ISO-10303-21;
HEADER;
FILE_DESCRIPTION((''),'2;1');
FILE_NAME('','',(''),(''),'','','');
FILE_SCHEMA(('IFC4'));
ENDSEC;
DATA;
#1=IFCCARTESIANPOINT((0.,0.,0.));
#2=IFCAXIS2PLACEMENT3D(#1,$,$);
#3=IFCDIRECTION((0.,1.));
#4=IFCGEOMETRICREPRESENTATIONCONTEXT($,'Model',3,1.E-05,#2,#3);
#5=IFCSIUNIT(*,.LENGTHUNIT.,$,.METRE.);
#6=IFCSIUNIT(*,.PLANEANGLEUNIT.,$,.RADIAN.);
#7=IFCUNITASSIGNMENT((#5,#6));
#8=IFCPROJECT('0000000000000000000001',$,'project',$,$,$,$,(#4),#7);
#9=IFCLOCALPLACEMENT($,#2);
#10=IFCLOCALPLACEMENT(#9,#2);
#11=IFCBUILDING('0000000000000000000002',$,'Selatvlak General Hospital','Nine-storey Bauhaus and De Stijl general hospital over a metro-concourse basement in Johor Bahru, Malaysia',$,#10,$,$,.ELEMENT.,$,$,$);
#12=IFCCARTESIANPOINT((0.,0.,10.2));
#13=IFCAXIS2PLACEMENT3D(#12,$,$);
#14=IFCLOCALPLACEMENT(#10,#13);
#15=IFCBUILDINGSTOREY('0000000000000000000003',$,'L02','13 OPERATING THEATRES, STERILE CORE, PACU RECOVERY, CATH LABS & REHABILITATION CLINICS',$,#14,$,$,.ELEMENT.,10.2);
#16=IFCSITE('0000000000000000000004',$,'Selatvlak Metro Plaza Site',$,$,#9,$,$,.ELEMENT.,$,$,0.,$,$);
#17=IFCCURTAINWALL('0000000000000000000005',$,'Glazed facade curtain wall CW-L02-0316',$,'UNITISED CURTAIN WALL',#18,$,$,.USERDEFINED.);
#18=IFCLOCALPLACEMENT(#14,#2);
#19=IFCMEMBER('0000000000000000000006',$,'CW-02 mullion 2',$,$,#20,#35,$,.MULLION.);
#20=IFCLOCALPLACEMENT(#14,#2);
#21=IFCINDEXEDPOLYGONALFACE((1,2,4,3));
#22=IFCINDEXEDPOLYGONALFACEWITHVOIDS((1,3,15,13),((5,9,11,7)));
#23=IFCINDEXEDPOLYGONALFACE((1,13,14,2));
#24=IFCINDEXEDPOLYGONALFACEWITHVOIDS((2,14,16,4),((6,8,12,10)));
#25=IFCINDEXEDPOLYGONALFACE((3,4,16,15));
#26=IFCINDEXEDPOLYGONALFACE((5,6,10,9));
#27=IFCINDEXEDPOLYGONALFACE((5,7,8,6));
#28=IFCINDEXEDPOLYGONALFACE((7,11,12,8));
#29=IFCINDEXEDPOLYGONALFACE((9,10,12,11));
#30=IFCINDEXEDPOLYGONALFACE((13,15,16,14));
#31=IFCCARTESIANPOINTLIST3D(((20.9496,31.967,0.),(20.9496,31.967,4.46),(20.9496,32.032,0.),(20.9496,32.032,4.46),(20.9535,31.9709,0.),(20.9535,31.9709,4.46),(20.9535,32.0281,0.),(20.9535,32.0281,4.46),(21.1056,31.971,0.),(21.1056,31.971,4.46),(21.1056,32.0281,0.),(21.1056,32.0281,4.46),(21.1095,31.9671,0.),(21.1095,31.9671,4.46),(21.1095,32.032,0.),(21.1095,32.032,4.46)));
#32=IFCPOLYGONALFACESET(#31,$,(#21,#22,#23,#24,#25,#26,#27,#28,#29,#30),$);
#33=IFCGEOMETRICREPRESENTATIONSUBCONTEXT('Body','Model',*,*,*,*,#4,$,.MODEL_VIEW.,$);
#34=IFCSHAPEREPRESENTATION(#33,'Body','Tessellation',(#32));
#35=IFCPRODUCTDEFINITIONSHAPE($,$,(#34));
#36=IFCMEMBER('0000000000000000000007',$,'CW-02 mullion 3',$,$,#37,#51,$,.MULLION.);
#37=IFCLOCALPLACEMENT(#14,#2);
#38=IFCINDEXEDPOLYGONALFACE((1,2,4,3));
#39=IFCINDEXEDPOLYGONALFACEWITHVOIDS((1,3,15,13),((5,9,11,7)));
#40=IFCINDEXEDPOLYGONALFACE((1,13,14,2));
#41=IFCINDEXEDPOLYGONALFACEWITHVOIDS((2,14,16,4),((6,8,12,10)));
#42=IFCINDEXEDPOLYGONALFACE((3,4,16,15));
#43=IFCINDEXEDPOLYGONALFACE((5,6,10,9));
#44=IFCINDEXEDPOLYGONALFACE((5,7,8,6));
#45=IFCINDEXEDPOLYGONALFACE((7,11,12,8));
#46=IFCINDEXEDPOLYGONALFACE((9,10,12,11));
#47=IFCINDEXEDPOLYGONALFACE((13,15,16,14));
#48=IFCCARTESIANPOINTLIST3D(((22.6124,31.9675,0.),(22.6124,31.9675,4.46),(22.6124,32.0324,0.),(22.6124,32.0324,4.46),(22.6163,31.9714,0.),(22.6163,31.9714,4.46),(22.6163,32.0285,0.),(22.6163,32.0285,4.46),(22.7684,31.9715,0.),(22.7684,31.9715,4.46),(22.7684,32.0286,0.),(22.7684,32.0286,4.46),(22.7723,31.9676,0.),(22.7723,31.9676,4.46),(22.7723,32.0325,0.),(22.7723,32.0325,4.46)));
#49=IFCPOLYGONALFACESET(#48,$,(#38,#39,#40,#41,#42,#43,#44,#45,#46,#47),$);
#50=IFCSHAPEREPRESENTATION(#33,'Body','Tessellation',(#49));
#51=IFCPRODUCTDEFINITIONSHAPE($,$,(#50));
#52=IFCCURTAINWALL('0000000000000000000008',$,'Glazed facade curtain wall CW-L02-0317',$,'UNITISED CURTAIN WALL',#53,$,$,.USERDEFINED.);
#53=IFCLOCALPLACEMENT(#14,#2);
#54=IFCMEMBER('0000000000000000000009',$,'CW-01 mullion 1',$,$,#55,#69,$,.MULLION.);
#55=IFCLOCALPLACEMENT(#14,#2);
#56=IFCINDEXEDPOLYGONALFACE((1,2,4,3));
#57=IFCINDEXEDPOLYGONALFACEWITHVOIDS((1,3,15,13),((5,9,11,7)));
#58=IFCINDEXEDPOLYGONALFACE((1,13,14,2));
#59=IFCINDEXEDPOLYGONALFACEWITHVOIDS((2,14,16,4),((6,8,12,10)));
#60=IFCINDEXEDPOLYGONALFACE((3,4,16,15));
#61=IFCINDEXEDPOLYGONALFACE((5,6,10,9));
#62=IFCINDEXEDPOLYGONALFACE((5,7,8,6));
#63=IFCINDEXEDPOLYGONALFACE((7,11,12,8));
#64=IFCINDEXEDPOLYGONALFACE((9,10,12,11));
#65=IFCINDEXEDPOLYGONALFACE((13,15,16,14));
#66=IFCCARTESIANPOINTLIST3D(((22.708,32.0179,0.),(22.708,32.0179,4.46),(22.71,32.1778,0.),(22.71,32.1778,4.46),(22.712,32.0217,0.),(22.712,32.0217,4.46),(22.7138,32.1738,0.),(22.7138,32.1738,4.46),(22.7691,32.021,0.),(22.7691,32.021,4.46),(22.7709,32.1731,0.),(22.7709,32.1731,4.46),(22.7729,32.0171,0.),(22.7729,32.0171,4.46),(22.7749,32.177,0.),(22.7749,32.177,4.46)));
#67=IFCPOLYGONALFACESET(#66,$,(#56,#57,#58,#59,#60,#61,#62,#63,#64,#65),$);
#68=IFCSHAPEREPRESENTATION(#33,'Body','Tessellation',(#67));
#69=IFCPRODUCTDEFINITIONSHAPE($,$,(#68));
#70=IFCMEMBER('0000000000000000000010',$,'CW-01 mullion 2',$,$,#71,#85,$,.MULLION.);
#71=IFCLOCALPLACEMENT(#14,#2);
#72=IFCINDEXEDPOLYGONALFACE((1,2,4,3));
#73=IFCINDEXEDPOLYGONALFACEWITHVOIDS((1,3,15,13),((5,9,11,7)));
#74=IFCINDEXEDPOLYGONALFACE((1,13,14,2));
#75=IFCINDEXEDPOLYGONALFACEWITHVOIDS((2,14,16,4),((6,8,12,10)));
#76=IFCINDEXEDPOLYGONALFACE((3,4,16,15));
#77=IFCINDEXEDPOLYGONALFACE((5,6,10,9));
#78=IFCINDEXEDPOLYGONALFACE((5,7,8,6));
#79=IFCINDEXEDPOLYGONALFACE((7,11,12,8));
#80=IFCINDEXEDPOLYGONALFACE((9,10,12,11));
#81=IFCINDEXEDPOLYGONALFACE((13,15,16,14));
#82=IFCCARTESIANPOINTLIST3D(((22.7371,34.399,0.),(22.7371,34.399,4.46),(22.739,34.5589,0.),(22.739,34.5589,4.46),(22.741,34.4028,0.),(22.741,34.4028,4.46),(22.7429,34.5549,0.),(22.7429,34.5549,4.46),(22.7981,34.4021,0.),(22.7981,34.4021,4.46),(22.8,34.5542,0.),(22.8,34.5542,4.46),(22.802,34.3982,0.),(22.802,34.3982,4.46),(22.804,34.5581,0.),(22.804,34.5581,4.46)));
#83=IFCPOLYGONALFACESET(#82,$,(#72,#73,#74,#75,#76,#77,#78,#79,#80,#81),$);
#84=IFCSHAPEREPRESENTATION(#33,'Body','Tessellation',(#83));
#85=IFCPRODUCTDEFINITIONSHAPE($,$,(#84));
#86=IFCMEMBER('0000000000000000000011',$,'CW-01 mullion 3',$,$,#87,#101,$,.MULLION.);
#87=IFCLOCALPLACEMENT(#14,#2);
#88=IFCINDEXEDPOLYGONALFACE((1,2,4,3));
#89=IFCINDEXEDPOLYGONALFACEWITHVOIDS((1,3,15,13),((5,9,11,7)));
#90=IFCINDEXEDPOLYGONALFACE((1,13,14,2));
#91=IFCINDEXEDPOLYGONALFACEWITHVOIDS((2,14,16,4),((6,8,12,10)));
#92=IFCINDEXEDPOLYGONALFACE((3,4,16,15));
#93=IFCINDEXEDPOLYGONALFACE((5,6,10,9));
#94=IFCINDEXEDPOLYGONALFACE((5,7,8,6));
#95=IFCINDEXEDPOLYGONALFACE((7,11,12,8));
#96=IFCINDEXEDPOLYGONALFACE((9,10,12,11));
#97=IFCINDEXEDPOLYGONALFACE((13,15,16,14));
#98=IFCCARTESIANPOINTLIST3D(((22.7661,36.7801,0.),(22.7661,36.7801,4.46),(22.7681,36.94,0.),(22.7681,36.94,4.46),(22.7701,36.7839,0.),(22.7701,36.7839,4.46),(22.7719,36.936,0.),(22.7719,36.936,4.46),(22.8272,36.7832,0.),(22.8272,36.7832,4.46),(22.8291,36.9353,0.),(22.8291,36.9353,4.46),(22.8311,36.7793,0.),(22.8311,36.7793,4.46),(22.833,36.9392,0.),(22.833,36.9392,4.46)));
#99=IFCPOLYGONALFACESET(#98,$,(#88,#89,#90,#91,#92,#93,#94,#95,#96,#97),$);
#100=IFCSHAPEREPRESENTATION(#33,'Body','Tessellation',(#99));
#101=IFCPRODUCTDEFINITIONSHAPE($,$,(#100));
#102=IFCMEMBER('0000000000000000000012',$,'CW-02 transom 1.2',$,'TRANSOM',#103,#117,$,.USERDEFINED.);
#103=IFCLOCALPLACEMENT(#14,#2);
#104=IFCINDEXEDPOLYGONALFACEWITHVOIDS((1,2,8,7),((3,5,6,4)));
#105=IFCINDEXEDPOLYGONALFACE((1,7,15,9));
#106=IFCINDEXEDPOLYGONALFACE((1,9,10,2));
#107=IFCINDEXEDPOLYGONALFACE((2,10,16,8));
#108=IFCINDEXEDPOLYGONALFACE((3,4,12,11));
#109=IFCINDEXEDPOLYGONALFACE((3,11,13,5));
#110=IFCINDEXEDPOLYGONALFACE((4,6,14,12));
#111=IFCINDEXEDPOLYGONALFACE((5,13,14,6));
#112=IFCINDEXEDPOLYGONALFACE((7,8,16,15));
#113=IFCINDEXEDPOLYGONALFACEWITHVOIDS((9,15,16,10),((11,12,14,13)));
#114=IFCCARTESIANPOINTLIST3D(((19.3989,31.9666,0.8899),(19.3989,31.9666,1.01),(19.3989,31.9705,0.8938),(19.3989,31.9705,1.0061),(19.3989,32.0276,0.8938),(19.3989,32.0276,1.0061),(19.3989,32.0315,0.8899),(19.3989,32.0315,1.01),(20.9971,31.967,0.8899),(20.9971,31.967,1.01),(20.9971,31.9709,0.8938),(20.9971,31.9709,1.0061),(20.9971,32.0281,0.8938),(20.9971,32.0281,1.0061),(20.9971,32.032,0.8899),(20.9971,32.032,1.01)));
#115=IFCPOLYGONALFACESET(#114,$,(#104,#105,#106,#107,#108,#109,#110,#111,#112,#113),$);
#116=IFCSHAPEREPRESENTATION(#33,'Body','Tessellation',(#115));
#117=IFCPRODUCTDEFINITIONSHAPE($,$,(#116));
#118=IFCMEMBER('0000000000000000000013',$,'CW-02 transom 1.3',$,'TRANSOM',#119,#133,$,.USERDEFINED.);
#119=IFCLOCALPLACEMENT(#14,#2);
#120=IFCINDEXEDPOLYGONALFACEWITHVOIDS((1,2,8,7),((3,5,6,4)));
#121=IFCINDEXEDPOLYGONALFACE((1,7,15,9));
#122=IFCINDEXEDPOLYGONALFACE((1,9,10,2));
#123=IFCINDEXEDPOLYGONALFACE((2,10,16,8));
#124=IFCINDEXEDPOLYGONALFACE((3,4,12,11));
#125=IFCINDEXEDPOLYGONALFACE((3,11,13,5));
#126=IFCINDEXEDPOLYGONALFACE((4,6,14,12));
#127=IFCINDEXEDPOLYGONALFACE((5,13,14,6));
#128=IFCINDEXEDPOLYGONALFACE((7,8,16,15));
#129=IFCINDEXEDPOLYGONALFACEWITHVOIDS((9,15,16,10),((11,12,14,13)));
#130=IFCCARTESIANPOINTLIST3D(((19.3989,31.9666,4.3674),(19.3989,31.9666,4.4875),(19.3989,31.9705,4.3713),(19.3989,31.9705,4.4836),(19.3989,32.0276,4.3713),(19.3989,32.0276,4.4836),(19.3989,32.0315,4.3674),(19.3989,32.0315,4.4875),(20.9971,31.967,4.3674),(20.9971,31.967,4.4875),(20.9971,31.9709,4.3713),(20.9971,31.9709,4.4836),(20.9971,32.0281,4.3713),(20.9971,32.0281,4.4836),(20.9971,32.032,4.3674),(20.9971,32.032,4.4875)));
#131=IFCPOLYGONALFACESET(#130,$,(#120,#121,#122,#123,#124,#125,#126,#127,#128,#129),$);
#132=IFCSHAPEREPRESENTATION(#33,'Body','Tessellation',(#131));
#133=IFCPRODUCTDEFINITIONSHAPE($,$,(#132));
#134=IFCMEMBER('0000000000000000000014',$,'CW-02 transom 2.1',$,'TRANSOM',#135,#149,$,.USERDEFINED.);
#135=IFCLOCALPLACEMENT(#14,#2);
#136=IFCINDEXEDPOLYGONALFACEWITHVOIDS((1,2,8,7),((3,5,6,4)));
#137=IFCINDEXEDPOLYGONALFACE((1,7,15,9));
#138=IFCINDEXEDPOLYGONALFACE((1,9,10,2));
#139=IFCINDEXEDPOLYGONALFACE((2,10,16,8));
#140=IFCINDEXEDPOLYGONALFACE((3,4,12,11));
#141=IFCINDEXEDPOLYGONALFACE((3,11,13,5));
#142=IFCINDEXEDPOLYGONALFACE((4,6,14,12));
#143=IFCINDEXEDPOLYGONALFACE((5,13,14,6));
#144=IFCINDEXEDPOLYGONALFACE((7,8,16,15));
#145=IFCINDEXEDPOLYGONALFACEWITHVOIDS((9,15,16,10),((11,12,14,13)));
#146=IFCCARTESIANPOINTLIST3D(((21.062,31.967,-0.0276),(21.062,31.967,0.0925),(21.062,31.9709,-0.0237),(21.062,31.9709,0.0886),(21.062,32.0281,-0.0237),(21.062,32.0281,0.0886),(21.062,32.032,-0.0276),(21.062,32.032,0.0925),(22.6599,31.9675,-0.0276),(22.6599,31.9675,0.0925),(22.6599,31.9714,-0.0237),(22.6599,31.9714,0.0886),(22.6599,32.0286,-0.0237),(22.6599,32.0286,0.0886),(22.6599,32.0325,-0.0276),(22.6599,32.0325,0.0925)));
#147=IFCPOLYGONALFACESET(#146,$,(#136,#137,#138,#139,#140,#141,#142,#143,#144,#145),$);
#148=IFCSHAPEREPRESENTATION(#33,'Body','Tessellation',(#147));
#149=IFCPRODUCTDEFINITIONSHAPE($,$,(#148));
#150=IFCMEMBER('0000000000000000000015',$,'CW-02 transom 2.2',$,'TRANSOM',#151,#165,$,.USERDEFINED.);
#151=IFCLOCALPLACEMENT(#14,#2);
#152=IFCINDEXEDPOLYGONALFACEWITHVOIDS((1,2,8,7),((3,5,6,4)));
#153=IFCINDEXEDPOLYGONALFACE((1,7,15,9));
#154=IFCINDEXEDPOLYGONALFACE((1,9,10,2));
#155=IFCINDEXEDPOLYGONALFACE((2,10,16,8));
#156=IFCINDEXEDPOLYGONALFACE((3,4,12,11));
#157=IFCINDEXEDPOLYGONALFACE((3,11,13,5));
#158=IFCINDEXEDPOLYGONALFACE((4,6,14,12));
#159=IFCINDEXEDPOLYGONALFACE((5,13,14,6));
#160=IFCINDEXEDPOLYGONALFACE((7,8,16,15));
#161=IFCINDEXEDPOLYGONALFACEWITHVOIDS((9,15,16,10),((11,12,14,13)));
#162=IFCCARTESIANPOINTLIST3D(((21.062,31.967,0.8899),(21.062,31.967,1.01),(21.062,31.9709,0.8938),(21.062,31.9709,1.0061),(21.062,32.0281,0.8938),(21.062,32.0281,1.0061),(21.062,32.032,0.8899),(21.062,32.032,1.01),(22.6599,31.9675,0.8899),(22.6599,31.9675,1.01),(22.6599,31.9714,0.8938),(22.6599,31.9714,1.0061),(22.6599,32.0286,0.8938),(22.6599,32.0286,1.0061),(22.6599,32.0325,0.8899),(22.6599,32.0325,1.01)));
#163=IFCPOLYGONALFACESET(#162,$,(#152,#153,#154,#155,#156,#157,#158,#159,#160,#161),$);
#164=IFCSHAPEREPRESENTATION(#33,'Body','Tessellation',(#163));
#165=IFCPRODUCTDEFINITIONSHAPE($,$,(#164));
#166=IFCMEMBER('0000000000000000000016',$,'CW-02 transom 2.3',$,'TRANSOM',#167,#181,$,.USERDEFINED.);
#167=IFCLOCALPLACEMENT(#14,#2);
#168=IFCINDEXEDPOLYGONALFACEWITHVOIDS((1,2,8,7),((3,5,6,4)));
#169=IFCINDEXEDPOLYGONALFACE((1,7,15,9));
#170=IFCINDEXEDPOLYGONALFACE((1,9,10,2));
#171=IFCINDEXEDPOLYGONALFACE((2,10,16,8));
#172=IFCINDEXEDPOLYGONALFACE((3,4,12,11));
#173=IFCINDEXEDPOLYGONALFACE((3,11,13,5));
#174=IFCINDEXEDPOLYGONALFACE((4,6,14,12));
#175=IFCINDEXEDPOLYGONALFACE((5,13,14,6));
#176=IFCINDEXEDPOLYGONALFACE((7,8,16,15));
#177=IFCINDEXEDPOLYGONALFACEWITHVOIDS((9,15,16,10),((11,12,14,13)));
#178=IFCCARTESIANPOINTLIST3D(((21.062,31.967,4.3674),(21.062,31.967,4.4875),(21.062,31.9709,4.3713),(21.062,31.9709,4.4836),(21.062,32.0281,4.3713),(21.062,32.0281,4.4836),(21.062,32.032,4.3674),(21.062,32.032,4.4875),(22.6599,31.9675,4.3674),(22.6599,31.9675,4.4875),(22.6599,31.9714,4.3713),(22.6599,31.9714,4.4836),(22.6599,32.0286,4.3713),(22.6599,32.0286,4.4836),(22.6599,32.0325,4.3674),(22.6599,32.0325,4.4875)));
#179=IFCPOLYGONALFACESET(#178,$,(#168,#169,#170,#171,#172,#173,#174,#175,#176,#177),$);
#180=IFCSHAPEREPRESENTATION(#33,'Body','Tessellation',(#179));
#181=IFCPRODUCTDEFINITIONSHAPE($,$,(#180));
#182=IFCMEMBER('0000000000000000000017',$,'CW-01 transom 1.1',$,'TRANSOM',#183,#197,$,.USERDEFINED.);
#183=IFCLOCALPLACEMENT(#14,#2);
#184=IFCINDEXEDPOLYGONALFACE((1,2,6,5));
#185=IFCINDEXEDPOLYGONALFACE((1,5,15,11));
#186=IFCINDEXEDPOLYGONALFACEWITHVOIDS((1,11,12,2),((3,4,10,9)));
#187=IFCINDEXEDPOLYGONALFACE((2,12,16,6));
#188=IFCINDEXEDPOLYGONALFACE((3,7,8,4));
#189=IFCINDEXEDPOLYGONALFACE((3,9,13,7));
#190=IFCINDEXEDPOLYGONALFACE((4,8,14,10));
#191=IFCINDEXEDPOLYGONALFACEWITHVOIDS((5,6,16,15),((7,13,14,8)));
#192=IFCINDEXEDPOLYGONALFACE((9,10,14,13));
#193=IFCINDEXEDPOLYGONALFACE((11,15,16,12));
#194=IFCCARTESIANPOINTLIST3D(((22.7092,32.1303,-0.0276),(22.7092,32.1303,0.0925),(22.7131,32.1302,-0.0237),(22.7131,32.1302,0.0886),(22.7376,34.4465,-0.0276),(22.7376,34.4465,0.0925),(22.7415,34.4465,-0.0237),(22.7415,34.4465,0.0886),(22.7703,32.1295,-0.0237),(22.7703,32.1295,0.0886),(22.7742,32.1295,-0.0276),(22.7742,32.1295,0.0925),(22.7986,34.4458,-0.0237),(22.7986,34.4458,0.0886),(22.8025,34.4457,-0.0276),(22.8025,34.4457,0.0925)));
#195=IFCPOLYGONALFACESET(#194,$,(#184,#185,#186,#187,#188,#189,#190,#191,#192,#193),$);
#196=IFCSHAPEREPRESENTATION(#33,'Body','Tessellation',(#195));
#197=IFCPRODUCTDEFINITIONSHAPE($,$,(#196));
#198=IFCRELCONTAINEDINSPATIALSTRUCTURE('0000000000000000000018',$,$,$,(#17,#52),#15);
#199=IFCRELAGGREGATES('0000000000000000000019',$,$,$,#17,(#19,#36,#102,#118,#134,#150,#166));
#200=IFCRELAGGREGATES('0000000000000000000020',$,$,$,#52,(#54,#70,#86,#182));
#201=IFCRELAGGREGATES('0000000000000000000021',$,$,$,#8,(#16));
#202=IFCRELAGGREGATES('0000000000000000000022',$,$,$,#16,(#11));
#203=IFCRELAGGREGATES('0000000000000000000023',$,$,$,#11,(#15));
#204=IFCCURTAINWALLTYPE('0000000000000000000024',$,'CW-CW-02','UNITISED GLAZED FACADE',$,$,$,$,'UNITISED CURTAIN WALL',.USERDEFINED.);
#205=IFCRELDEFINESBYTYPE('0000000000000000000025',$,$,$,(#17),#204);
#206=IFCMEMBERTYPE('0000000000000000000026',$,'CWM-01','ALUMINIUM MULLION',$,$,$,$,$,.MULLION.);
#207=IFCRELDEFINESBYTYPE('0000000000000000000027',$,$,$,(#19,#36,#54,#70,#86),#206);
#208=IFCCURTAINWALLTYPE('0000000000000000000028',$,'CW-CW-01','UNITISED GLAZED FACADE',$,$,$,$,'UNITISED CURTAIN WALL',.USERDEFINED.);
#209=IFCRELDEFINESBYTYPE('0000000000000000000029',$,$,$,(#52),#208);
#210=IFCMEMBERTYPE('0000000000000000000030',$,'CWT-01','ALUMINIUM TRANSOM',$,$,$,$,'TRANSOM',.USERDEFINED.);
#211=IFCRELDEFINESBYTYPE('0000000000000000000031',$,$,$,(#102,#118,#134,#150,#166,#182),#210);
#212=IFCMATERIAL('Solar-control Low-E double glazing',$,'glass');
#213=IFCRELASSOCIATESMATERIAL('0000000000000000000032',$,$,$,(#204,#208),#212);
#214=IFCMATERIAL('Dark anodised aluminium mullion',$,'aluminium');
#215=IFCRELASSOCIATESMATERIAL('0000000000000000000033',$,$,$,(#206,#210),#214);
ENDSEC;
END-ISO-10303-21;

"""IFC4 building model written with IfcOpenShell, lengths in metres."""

from ifc_helpers import new_model, si_unit, direction, frame, origin, origin_2d, place, context, subcontext, project, spatial, hollow_rectangle, extrude, material, material_profile, profile_set, type_object, element, aggregate, save


model = new_model("IFC4")

# Units and contexts
model_context = context("Model", 3, precision=1e-05, world=origin(), true_north=direction((0.0, 1.0)))
body_context = subcontext(model_context, "Body", "Model", "MODEL_VIEW")
ifc_project = project(units=[si_unit("LENGTHUNIT", "METRE"), si_unit("PLANEANGLEUNIT", "RADIAN")], contexts=[model_context])

# Site, building, storey
site_placement = place(None, origin())
site = spatial("IfcSite", under=ifc_project, at=site_placement, Name="Selatvlak Metro Plaza Site", CompositionType="ELEMENT", RefElevation=0.0)
building_placement = place(site_placement, origin())
building = spatial("IfcBuilding", under=site, at=building_placement, Name="Selatvlak General Hospital", Description="Nine-storey Bauhaus and De Stijl general hospital over a metro-concourse basement in Johor Bahru, Malaysia", CompositionType="ELEMENT")
storey_placement = place(building_placement, frame((0.0, 0.0, 10.2)))
storey = spatial("IfcBuildingStorey", under=building, at=storey_placement, Name="L02", Description="13 OPERATING THEATRES, STERILE CORE, PACU RECOVERY, CATH LABS & REHABILITATION CLINICS", CompositionType="ELEMENT", Elevation=10.2)

# Curtain walls, members
ifc_material_1 = material(Name="Solar-control Low-E double glazing", Category="glass")
curtain_wall_type_1 = type_object("IfcCurtainWallType", Name="CW-CW-02", Description="UNITISED GLAZED FACADE", ElementType="UNITISED CURTAIN WALL", PredefinedType="USERDEFINED", material=ifc_material_1)
curtain_wall_1_placement = place(storey_placement, origin())
curtain_wall_1 = element("IfcCurtainWall", 1, at=curtain_wall_1_placement, inside=storey, type_object=curtain_wall_type_1, Name="Glazed facade curtain wall CW-L02-0316", ObjectType="UNITISED CURTAIN WALL", PredefinedType="USERDEFINED")
ifc_material_2 = material(Name="Dark anodised aluminium mullion", Category="aluminium")
ifc_material_profile_1 = material_profile(ifc_material_2, hollow_rectangle(XDim=0.0649, YDim=0.1599, WallThickness=0.0039, at=origin_2d()), Name="AL-MUL 65x160x4")
ifc_profile_set_1 = profile_set([ifc_material_profile_1], Name="Dark anodised aluminium mullion")
member_type_1 = type_object("IfcMemberType", Name="CWM-01", Description="ALUMINIUM MULLION", PredefinedType="MULLION", material=ifc_profile_set_1)
member_1_placement = place(storey_placement, frame((21.0295, 31.9995, 0.0), z_axis=(0.0, 0.0, 1.0), x_axis=(-0.000295, 1.0, 0.0)))
member_1 = element("IfcMember", 2, at=member_1_placement, type_object=member_type_1, Name="CW-02 mullion 2", PredefinedType="MULLION", context=body_context, shape_type="SweptSolid", body=[
    extrude(hollow_rectangle(XDim=0.0649, YDim=0.1599, WallThickness=0.0039, at=origin_2d()), origin(), (0.0, 0.0, 1.0), 4.46),
])
member_2_placement = place(storey_placement, frame((22.6924, 32.0, 0.0), z_axis=(0.0, 0.0, 1.0), x_axis=(-0.000295, 1.0, 0.0)))
member_2 = element("IfcMember", 3, at=member_2_placement, type_object=member_type_1, Name="CW-02 mullion 3", PredefinedType="MULLION", context=body_context, shape_type="SweptSolid", body=[
    extrude(hollow_rectangle(XDim=0.0649, YDim=0.1599, WallThickness=0.0039, at=origin_2d()), origin(), (0.0, 0.0, 1.0), 4.46),
])
curtain_wall_type_2 = type_object("IfcCurtainWallType", Name="CW-CW-01", Description="UNITISED GLAZED FACADE", ElementType="UNITISED CURTAIN WALL", PredefinedType="USERDEFINED", material=ifc_material_1)
curtain_wall_2_placement = place(storey_placement, origin())
curtain_wall_2 = element("IfcCurtainWall", 4, at=curtain_wall_2_placement, inside=storey, type_object=curtain_wall_type_2, Name="Glazed facade curtain wall CW-L02-0317", ObjectType="UNITISED CURTAIN WALL", PredefinedType="USERDEFINED")
member_3_placement = place(storey_placement, frame((22.7415, 32.0974, 0.0), z_axis=(0.0, 0.0, 1.0), x_axis=(-0.999925, 0.012222, 0.0)))
member_3 = element("IfcMember", 5, at=member_3_placement, type_object=member_type_1, Name="CW-01 mullion 1", PredefinedType="MULLION", context=body_context, shape_type="SweptSolid", body=[
    extrude(hollow_rectangle(XDim=0.0649, YDim=0.1599, WallThickness=0.0039, at=origin_2d()), origin(), (0.0, 0.0, 1.0), 4.46),
])
member_4_placement = place(storey_placement, frame((22.7705, 34.4785, 0.0), z_axis=(0.0, 0.0, 1.0), x_axis=(-0.999925, 0.012222, 0.0)))
member_4 = element("IfcMember", 6, at=member_4_placement, type_object=member_type_1, Name="CW-01 mullion 2", PredefinedType="MULLION", context=body_context, shape_type="SweptSolid", body=[
    extrude(hollow_rectangle(XDim=0.0649, YDim=0.1599, WallThickness=0.0039, at=origin_2d()), origin(), (0.0, 0.0, 1.0), 4.46),
])
member_5_placement = place(storey_placement, frame((22.7996, 36.8596, 0.0), z_axis=(0.0, 0.0, 1.0), x_axis=(-0.999925, 0.012222, 0.0)))
member_5 = element("IfcMember", 7, at=member_5_placement, type_object=member_type_1, Name="CW-01 mullion 3", PredefinedType="MULLION", context=body_context, shape_type="SweptSolid", body=[
    extrude(hollow_rectangle(XDim=0.0649, YDim=0.1599, WallThickness=0.0039, at=origin_2d()), origin(), (0.0, 0.0, 1.0), 4.46),
])

# Members
ifc_material_profile_2 = material_profile(ifc_material_2, hollow_rectangle(XDim=0.0649, YDim=0.1201, WallThickness=0.0039, at=origin_2d()), Name="AL-TRN 65x120x4")
ifc_profile_set_2 = profile_set([ifc_material_profile_2], Name="Dark anodised aluminium mullion")
member_type_2 = type_object("IfcMemberType", Name="CWT-01", Description="ALUMINIUM TRANSOM", ElementType="TRANSOM", PredefinedType="USERDEFINED", material=ifc_profile_set_2)
member_6_placement = place(storey_placement, frame((19.3989, 31.999, 0.95), z_axis=(1.0, 0.000306, 0.0), x_axis=(-0.000306, 1.0, 0.0)))
member_6 = element("IfcMember", 8, at=member_6_placement, type_object=member_type_2, Name="CW-02 transom 1.2", ObjectType="TRANSOM", PredefinedType="USERDEFINED", context=body_context, shape_type="SweptSolid", body=[
    extrude(hollow_rectangle(XDim=0.0649, YDim=0.1201, WallThickness=0.0039, at=origin_2d()), origin(), (0.0, 0.0, 1.0), 1.5981),
])
member_7_placement = place(storey_placement, frame((19.3989, 31.999, 4.4275), z_axis=(1.0, 0.000306, 0.0), x_axis=(-0.000306, 1.0, 0.0)))
member_7 = element("IfcMember", 9, at=member_7_placement, type_object=member_type_2, Name="CW-02 transom 1.3", ObjectType="TRANSOM", PredefinedType="USERDEFINED", context=body_context, shape_type="SweptSolid", body=[
    extrude(hollow_rectangle(XDim=0.0649, YDim=0.1201, WallThickness=0.0039, at=origin_2d()), origin(), (0.0, 0.0, 1.0), 1.5981),
])
member_8_placement = place(storey_placement, frame((21.062, 31.9995, 0.0325), z_axis=(1.0, 0.000306, 0.0), x_axis=(-0.000306, 1.0, 0.0)))
member_8 = element("IfcMember", 10, at=member_8_placement, type_object=member_type_2, Name="CW-02 transom 2.1", ObjectType="TRANSOM", PredefinedType="USERDEFINED", context=body_context, shape_type="SweptSolid", body=[
    extrude(hollow_rectangle(XDim=0.0649, YDim=0.1201, WallThickness=0.0039, at=origin_2d()), origin(), (0.0, 0.0, 1.0), 1.5979),
])
member_9_placement = place(storey_placement, frame((21.062, 31.9995, 0.95), z_axis=(1.0, 0.000306, 0.0), x_axis=(-0.000306, 1.0, 0.0)))
member_9 = element("IfcMember", 11, at=member_9_placement, type_object=member_type_2, Name="CW-02 transom 2.2", ObjectType="TRANSOM", PredefinedType="USERDEFINED", context=body_context, shape_type="SweptSolid", body=[
    extrude(hollow_rectangle(XDim=0.0649, YDim=0.1201, WallThickness=0.0039, at=origin_2d()), origin(), (0.0, 0.0, 1.0), 1.5979),
])
member_10_placement = place(storey_placement, frame((21.062, 31.9995, 4.4275), z_axis=(1.0, 0.000306, 0.0), x_axis=(-0.000306, 1.0, 0.0)))
member_10 = element("IfcMember", 12, at=member_10_placement, type_object=member_type_2, Name="CW-02 transom 2.3", ObjectType="TRANSOM", PredefinedType="USERDEFINED", context=body_context, shape_type="SweptSolid", body=[
    extrude(hollow_rectangle(XDim=0.0649, YDim=0.1201, WallThickness=0.0039, at=origin_2d()), origin(), (0.0, 0.0, 1.0), 1.5979),
])
member_11_placement = place(storey_placement, frame((22.7417, 32.1299, 0.0325), z_axis=(0.012226, 0.999925, 0.0), x_axis=(-0.999925, 0.012226, 0.0)))
member_11 = element("IfcMember", 13, at=member_11_placement, type_object=member_type_2, Name="CW-01 transom 1.1", ObjectType="TRANSOM", PredefinedType="USERDEFINED", context=body_context, shape_type="SweptSolid", body=[
    extrude(hollow_rectangle(XDim=0.0649, YDim=0.1201, WallThickness=0.0039, at=origin_2d()), origin(), (0.0, 0.0, 1.0), 2.3164),
])

aggregate(curtain_wall_1, [member_1, member_2, member_6, member_7, member_8, member_9, member_10])
aggregate(curtain_wall_2, [member_3, member_4, member_5, member_11])

save(model, "model.ifc")
